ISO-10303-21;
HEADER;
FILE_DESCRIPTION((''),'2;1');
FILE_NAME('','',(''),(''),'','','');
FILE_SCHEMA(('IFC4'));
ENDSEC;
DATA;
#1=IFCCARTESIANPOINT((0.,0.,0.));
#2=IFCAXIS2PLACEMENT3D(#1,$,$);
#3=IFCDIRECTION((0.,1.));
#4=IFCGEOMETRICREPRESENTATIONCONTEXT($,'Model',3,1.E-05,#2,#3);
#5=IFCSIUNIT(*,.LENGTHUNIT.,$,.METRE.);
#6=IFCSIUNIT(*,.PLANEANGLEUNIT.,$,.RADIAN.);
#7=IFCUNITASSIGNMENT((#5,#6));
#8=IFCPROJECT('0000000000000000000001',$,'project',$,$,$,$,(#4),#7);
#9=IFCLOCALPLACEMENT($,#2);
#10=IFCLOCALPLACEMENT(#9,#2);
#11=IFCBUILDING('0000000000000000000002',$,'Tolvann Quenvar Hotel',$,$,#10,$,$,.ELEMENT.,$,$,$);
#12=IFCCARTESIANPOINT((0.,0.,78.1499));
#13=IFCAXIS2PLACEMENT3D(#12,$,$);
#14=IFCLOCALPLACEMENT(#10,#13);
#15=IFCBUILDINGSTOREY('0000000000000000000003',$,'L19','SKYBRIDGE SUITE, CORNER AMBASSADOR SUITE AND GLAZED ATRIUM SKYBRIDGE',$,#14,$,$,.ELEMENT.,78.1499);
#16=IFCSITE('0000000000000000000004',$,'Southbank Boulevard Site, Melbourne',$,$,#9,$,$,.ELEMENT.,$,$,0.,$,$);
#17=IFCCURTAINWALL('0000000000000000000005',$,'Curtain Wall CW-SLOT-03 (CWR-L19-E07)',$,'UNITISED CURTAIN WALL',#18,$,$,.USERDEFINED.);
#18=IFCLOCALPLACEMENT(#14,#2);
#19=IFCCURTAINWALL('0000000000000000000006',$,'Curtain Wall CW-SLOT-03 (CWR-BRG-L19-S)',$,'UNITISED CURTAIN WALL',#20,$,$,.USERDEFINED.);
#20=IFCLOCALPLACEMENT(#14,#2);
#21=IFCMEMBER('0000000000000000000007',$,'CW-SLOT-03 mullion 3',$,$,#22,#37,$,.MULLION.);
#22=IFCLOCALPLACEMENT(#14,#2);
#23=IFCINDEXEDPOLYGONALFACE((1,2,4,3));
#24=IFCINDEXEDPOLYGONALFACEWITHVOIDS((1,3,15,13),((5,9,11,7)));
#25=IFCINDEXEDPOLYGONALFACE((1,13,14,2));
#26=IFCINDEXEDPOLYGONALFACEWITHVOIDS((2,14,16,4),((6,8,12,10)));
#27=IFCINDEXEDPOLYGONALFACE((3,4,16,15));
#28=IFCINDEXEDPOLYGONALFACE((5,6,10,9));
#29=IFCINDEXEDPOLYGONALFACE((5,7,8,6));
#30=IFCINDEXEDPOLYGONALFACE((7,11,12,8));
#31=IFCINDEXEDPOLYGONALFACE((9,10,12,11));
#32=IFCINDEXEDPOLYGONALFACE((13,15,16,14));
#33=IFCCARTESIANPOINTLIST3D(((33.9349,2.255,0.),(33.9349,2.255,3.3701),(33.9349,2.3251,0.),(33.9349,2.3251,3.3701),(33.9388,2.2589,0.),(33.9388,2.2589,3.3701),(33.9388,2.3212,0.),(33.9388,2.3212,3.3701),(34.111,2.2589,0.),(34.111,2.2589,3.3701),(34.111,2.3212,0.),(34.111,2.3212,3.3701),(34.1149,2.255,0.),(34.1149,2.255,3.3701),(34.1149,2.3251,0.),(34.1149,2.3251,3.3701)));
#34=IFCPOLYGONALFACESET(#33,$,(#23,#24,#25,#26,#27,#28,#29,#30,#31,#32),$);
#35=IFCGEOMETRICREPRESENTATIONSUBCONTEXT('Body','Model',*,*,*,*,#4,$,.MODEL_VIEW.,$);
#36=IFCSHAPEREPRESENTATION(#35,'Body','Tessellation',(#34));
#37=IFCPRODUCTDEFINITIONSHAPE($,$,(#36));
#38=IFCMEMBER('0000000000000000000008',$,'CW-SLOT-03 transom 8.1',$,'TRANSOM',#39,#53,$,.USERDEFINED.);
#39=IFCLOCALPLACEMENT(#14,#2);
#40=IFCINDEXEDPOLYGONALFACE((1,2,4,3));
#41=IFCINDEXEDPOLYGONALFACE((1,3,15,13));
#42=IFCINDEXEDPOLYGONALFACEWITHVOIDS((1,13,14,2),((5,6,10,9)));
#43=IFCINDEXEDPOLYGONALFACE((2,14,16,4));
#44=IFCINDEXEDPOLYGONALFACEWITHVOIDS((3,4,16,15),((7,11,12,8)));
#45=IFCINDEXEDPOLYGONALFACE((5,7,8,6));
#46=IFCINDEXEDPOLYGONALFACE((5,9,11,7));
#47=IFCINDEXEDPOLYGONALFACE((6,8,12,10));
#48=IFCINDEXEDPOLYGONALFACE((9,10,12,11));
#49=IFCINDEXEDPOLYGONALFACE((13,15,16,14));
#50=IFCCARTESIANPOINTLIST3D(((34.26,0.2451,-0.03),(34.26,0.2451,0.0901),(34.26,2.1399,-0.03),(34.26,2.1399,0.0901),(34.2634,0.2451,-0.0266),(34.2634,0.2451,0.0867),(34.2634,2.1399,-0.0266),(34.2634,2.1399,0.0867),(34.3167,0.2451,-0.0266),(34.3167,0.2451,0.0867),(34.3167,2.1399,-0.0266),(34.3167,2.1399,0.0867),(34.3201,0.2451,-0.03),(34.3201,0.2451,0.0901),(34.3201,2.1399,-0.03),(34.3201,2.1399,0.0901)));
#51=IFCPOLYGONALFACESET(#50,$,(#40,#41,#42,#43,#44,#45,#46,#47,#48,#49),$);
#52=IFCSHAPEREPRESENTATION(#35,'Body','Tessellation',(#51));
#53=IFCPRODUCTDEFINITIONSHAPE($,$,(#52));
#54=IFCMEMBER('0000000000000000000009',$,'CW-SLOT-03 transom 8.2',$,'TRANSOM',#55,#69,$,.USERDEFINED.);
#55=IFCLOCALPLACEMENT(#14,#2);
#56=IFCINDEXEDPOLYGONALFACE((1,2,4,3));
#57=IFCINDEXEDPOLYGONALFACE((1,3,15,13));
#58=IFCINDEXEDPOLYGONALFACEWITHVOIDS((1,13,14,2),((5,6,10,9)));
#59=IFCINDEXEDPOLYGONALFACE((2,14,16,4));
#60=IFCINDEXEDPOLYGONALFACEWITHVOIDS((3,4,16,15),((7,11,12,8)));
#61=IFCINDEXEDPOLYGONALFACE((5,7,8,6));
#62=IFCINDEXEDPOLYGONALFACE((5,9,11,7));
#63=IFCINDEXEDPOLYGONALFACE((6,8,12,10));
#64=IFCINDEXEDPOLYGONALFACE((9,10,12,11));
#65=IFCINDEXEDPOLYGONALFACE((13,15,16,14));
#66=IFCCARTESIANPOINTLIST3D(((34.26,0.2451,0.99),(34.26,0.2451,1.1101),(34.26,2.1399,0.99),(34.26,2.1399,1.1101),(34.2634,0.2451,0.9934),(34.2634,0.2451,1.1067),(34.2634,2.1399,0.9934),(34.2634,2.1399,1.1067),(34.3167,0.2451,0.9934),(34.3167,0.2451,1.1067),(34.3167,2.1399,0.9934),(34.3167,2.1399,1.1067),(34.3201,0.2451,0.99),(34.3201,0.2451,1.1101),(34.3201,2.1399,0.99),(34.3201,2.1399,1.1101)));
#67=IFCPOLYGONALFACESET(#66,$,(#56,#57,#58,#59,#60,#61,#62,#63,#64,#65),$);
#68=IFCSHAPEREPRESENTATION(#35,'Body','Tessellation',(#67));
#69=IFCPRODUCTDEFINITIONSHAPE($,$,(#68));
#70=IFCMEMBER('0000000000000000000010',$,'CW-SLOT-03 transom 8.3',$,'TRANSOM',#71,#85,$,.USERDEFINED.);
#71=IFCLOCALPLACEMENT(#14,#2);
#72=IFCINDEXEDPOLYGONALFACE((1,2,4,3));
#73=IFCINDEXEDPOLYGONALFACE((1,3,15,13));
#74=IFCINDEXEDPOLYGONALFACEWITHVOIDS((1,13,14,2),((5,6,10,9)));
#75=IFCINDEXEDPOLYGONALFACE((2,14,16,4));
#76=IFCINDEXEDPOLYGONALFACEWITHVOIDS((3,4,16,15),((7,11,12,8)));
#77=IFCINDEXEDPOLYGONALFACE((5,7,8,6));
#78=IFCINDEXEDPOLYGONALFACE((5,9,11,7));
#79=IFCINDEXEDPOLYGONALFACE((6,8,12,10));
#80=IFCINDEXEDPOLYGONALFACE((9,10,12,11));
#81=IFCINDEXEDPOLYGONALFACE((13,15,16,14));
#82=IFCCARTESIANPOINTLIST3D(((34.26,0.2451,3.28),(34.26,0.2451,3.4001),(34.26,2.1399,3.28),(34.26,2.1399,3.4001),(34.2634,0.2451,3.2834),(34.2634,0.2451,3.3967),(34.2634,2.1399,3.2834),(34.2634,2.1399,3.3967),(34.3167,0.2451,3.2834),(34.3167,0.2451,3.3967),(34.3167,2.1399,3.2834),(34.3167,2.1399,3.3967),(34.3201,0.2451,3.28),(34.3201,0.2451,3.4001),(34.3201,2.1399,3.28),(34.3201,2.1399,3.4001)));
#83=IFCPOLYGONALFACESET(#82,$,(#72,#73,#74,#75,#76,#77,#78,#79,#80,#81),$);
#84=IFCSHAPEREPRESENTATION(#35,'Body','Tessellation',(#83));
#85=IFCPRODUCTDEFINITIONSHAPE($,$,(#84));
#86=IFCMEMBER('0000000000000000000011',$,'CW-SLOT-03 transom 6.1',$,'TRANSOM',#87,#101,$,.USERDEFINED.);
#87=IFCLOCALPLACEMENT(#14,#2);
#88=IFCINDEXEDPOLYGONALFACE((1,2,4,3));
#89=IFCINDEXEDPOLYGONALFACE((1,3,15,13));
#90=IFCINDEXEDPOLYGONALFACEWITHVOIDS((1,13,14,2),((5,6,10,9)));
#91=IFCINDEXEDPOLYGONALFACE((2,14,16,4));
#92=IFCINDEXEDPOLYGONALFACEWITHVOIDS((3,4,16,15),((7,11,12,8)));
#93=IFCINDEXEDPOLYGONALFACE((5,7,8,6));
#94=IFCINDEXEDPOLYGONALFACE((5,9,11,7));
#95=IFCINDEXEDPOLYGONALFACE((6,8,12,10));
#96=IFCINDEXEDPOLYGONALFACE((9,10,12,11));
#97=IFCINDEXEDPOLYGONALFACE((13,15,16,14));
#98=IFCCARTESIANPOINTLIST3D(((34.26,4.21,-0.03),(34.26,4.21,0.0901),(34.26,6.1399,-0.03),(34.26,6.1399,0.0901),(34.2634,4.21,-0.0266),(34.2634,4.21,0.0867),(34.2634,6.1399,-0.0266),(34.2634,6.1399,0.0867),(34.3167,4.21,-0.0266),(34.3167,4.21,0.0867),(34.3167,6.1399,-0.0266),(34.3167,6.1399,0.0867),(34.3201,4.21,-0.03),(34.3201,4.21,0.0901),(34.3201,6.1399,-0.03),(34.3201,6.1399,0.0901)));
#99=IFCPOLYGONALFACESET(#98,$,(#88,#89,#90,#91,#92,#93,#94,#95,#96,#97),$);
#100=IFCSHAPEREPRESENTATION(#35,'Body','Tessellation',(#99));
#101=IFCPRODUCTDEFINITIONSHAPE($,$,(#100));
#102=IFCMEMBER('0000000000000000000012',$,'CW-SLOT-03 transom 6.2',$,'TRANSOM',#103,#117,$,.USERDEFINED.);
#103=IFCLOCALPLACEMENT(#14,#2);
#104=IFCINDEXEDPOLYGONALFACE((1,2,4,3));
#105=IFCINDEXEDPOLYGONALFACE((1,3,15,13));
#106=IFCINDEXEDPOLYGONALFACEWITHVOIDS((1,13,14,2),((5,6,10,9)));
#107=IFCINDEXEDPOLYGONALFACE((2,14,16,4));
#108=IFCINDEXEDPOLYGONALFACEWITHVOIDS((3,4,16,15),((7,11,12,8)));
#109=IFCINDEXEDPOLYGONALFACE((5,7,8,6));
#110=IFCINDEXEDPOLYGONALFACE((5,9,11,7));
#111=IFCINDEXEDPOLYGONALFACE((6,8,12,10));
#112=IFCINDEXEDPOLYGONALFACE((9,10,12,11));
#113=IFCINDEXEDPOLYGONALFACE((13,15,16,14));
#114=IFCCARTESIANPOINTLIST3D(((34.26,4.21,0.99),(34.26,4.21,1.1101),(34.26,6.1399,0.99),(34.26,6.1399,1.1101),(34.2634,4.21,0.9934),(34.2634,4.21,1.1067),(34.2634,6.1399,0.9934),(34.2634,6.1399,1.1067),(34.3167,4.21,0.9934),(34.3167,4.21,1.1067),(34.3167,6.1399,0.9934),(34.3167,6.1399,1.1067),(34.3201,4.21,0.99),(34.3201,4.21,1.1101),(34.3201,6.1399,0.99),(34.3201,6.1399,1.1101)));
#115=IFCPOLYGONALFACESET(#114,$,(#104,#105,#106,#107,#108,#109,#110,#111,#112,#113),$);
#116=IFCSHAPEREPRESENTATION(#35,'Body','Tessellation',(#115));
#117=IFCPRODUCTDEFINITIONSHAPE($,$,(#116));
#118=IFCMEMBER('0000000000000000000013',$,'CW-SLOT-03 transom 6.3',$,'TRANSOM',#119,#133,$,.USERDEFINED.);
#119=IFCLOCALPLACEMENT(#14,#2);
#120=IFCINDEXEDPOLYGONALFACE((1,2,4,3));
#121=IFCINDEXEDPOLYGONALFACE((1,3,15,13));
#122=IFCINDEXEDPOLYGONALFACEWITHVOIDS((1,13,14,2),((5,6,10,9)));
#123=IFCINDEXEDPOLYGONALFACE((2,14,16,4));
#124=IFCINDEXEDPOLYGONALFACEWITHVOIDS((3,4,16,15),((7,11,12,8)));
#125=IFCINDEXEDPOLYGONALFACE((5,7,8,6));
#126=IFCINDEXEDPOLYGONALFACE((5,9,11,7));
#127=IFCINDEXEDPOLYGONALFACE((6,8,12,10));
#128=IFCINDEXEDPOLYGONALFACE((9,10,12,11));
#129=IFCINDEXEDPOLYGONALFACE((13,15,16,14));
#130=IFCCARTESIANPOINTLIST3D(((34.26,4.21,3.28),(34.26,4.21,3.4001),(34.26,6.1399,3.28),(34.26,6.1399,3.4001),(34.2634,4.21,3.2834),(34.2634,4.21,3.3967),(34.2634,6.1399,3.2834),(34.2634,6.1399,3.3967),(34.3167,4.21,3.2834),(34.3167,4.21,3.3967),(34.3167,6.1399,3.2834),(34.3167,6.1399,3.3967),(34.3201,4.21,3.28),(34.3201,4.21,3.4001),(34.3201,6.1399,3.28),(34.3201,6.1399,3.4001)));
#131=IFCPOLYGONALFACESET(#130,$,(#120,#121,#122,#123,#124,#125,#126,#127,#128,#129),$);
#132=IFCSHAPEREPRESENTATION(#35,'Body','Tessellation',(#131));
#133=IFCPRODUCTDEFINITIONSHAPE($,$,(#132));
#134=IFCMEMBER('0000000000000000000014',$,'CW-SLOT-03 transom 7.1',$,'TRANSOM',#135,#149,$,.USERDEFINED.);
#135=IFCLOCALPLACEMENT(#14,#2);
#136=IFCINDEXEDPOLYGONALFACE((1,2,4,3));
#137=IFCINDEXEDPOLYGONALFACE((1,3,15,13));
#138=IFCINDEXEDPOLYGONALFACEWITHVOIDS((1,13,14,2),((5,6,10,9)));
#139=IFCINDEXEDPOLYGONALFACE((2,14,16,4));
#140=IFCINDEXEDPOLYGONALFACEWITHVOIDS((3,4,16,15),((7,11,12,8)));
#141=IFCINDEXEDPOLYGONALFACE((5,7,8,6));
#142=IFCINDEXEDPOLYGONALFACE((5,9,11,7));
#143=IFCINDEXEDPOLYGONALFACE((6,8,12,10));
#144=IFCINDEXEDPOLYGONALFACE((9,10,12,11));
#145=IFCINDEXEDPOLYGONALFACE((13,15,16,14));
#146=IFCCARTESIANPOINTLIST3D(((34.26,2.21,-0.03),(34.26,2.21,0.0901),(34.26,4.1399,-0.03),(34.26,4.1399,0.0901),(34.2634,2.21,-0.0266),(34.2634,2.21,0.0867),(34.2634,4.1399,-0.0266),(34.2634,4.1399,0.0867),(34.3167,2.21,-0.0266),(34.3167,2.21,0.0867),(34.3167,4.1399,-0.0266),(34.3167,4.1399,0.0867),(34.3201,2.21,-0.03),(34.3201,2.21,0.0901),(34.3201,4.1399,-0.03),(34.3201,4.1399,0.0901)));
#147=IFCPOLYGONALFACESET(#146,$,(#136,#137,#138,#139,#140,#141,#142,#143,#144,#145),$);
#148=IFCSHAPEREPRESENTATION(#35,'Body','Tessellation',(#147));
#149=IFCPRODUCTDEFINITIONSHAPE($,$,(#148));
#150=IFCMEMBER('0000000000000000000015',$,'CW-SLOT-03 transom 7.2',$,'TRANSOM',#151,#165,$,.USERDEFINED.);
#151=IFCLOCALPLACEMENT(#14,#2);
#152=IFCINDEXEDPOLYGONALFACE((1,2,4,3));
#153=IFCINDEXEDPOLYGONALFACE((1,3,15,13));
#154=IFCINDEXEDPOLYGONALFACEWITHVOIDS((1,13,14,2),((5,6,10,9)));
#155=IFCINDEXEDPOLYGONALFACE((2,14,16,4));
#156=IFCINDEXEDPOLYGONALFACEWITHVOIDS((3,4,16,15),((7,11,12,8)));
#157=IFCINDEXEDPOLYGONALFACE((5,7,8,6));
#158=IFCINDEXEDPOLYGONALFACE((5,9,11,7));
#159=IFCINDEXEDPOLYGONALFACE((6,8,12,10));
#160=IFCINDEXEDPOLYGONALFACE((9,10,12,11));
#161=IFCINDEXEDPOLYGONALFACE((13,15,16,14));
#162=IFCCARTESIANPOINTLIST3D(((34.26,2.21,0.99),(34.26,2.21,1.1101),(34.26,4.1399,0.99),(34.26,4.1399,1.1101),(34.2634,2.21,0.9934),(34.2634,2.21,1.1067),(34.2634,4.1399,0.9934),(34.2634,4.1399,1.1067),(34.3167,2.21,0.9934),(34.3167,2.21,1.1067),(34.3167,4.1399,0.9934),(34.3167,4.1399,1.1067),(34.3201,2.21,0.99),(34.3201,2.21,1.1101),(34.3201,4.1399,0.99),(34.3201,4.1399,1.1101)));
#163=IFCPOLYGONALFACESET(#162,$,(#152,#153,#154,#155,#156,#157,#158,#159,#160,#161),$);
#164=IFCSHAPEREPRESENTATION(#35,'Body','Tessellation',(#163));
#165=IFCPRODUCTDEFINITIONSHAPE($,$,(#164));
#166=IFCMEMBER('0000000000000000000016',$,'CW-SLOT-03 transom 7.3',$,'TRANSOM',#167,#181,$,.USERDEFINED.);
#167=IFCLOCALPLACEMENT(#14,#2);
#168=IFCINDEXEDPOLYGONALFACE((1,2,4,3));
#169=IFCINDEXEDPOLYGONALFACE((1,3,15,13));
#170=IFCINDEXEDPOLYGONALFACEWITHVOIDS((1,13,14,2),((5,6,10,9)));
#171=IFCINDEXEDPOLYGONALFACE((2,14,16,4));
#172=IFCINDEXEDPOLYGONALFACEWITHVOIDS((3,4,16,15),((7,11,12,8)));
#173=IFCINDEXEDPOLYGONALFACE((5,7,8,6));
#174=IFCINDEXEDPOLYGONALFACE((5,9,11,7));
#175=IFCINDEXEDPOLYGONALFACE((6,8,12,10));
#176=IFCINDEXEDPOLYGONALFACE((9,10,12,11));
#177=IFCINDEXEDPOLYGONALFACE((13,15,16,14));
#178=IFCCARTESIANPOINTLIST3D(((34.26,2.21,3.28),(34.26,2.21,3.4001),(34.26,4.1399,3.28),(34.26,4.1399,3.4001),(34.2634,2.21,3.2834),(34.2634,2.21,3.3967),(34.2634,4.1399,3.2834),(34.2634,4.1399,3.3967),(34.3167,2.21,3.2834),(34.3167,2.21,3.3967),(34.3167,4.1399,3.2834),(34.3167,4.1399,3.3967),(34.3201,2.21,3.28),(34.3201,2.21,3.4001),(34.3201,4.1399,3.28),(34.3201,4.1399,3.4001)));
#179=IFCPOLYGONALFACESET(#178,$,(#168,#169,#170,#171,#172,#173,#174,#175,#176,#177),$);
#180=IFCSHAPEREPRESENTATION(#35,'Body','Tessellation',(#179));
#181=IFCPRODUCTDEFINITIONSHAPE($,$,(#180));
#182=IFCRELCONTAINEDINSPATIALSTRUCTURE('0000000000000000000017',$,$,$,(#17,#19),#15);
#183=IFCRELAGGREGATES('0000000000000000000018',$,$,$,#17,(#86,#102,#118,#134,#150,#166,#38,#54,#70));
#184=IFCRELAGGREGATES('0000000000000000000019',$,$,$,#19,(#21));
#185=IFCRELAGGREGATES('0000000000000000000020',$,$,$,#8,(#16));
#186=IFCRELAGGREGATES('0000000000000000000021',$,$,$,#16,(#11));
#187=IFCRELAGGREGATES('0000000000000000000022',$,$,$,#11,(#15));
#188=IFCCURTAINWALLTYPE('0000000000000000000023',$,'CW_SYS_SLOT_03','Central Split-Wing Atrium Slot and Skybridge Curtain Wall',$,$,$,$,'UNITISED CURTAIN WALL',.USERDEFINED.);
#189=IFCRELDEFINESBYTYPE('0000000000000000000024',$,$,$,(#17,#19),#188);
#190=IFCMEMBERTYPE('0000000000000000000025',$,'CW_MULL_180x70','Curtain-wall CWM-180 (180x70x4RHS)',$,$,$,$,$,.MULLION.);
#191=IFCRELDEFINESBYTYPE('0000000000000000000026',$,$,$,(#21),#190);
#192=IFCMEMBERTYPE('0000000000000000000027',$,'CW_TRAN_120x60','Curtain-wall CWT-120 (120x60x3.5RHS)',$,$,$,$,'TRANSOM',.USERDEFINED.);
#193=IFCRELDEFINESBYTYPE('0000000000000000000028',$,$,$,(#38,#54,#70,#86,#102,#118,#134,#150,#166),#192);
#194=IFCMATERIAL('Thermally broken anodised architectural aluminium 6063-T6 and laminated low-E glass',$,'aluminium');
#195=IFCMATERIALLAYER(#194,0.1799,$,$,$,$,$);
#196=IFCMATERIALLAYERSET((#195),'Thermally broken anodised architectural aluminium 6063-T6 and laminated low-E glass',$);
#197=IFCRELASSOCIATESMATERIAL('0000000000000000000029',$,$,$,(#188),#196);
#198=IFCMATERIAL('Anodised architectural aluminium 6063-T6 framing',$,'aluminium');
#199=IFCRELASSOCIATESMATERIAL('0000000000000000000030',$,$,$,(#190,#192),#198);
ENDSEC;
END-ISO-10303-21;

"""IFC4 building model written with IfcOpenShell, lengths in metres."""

from ifc_helpers import new_model, si_unit, direction, frame, origin, origin_2d, place, context, subcontext, project, spatial, hollow_rectangle, extrude, source, transform, mapped, material, layer, layer_set, material_profile, profile_set, type_object, type_shapes, element, aggregate, save


model = new_model("IFC4")

# Units and contexts
model_context = context("Model", 3, precision=1e-05, world=origin(), true_north=direction((0.0, 1.0)))
body_context = subcontext(model_context, "Body", "Model", "MODEL_VIEW")
ifc_project = project(units=[si_unit("LENGTHUNIT", "METRE"), si_unit("PLANEANGLEUNIT", "RADIAN")], contexts=[model_context])

# Site, building, storey
site_placement = place(None, origin())
site = spatial("IfcSite", under=ifc_project, at=site_placement, Name="Southbank Boulevard Site, Melbourne", CompositionType="ELEMENT", RefElevation=0.0)
building_placement = place(site_placement, origin())
building = spatial("IfcBuilding", under=site, at=building_placement, Name="Tolvann Quenvar Hotel", CompositionType="ELEMENT")
storey_placement = place(building_placement, frame((0.0, 0.0, 78.1499)))
storey = spatial("IfcBuildingStorey", under=building, at=storey_placement, Name="L19", Description="SKYBRIDGE SUITE, CORNER AMBASSADOR SUITE AND GLAZED ATRIUM SKYBRIDGE", CompositionType="ELEMENT", Elevation=78.1499)

# Curtain wall
ifc_material_1 = material(Name="Thermally broken anodised architectural aluminium 6063-T6 and laminated low-E glass", Category="aluminium")
ifc_layer_1 = layer(ifc_material_1, 0.1799)
ifc_layer_set_1 = layer_set([ifc_layer_1], Name="Thermally broken anodised architectural aluminium 6063-T6 and laminated low-E glass")
curtain_wall_type = type_object("IfcCurtainWallType", Name="CW_SYS_SLOT_03", Description="Central Split-Wing Atrium Slot and Skybridge Curtain Wall", ElementType="UNITISED CURTAIN WALL", PredefinedType="USERDEFINED", material=ifc_layer_set_1)
curtain_wall_1_placement = place(storey_placement, origin())
curtain_wall_1 = element("IfcCurtainWall", 1, at=curtain_wall_1_placement, inside=storey, type_object=curtain_wall_type, Name="Curtain Wall CW-SLOT-03 (CWR-L19-E07)", ObjectType="UNITISED CURTAIN WALL", PredefinedType="USERDEFINED")
ifc_material_2 = material(Name="Anodised architectural aluminium 6063-T6 framing", Category="aluminium")
ifc_material_profile_1 = material_profile(ifc_material_2, hollow_rectangle(XDim=0.0701, YDim=0.1799, WallThickness=0.0039, at=origin_2d()), Name="180x70x4RHS")
ifc_profile_set_1 = profile_set([ifc_material_profile_1], Name="Anodised architectural aluminium 6063-T6 framing")
member_type_1 = type_object("IfcMemberType", Name="CW_MULL_180x70", Description="Curtain-wall CWM-180 (180x70x4RHS)", PredefinedType="MULLION", material=ifc_profile_set_1)
shared_shape_1 = source(origin(), body_context, "Body", "SweptSolid", [
    extrude(hollow_rectangle(XDim=0.0701, YDim=0.1799, WallThickness=0.0039, at=origin_2d()), origin(), (0.0, 0.0, 1.0), 3.3701),
])
type_shapes(member_type_1, [shared_shape_1])

# Curtain wall, member
curtain_wall_2_placement = place(storey_placement, origin())
curtain_wall_2 = element("IfcCurtainWall", 2, at=curtain_wall_2_placement, inside=storey, type_object=curtain_wall_type, Name="Curtain Wall CW-SLOT-03 (CWR-BRG-L19-S)", ObjectType="UNITISED CURTAIN WALL", PredefinedType="USERDEFINED")
member_1_placement = place(storey_placement, frame((34.0249, 2.29, 0.0), z_axis=(0.0, 0.0, 1.0), x_axis=(0.0, 1.0, 0.0)))
member_1 = element("IfcMember", 3, at=member_1_placement, type_object=member_type_1, Name="CW-SLOT-03 mullion 3", PredefinedType="MULLION", context=body_context, shape_type="MappedRepresentation", body=[
    mapped(shared_shape_1, transform((0.0, 0.0, 0.0), x_axis=(1.0, 0.0, 0.0), y_axis=(0.0, 1.0, 0.0), z_axis=(0.0, 0.0, 1.0), scale=1.0)),
])

# Members
ifc_material_profile_2 = material_profile(ifc_material_2, hollow_rectangle(XDim=0.0601, YDim=0.1201, WallThickness=0.0034, at=origin_2d()), Name="120x60x3.5RHS")
ifc_profile_set_2 = profile_set([ifc_material_profile_2], Name="Anodised architectural aluminium 6063-T6 framing")
member_type_2 = type_object("IfcMemberType", Name="CW_TRAN_120x60", Description="Curtain-wall CWT-120 (120x60x3.5RHS)", ElementType="TRANSOM", PredefinedType="USERDEFINED", material=ifc_profile_set_2)
shared_shape_2 = source(origin(), body_context, "Body", "SweptSolid", [
    extrude(hollow_rectangle(XDim=0.0601, YDim=0.1201, WallThickness=0.0034, at=origin_2d()), origin(), (0.0, 0.0, 1.0), 1.8948),
])
member_2_placement = place(storey_placement, frame((34.29, 2.1399, 0.03), z_axis=(0.0, -1.0, 0.0), x_axis=(1.0, 0.0, 0.0)))
member_2 = element("IfcMember", 4, at=member_2_placement, type_object=member_type_2, Name="CW-SLOT-03 transom 8.1", ObjectType="TRANSOM", PredefinedType="USERDEFINED", context=body_context, shape_type="MappedRepresentation", body=[
    mapped(shared_shape_2, transform((0.0, 0.0, 0.0), x_axis=(1.0, 0.0, 0.0), y_axis=(0.0, 1.0, 0.0), z_axis=(0.0, 0.0, 1.0), scale=1.0)),
])
member_3_placement = place(storey_placement, frame((34.29, 2.1399, 1.05), z_axis=(0.0, -1.0, 0.0), x_axis=(1.0, 0.0, 0.0)))
member_3 = element("IfcMember", 5, at=member_3_placement, type_object=member_type_2, Name="CW-SLOT-03 transom 8.2", ObjectType="TRANSOM", PredefinedType="USERDEFINED", context=body_context, shape_type="MappedRepresentation", body=[
    mapped(shared_shape_2, transform((0.0, 0.0, 0.0), x_axis=(1.0, 0.0, 0.0), y_axis=(0.0, 1.0, 0.0), z_axis=(0.0, 0.0, 1.0), scale=1.0)),
])
member_4_placement = place(storey_placement, frame((34.29, 2.1399, 3.3401), z_axis=(0.0, -1.0, 0.0), x_axis=(1.0, 0.0, 0.0)))
member_4 = element("IfcMember", 6, at=member_4_placement, type_object=member_type_2, Name="CW-SLOT-03 transom 8.3", ObjectType="TRANSOM", PredefinedType="USERDEFINED", context=body_context, shape_type="MappedRepresentation", body=[
    mapped(shared_shape_2, transform((0.0, 0.0, 0.0), x_axis=(1.0, 0.0, 0.0), y_axis=(0.0, 1.0, 0.0), z_axis=(0.0, 0.0, 1.0), scale=1.0)),
])
shared_shape_3 = source(origin(), body_context, "Body", "SweptSolid", [
    extrude(hollow_rectangle(XDim=0.0601, YDim=0.1201, WallThickness=0.0034, at=origin_2d()), origin(), (0.0, 0.0, 1.0), 1.9299),
])
type_shapes(member_type_2, [shared_shape_2, shared_shape_3])
member_5_placement = place(storey_placement, frame((34.29, 6.1399, 0.03), z_axis=(0.0, -1.0, 0.0), x_axis=(1.0, 0.0, 0.0)))
member_5 = element("IfcMember", 7, at=member_5_placement, type_object=member_type_2, Name="CW-SLOT-03 transom 6.1", ObjectType="TRANSOM", PredefinedType="USERDEFINED", context=body_context, shape_type="MappedRepresentation", body=[
    mapped(shared_shape_3, transform((0.0, 0.0, 0.0), x_axis=(1.0, 0.0, 0.0), y_axis=(0.0, 1.0, 0.0), z_axis=(0.0, 0.0, 1.0), scale=1.0)),
])
member_6_placement = place(storey_placement, frame((34.29, 6.1399, 1.05), z_axis=(0.0, -1.0, 0.0), x_axis=(1.0, 0.0, 0.0)))
member_6 = element("IfcMember", 8, at=member_6_placement, type_object=member_type_2, Name="CW-SLOT-03 transom 6.2", ObjectType="TRANSOM", PredefinedType="USERDEFINED", context=body_context, shape_type="MappedRepresentation", body=[
    mapped(shared_shape_3, transform((0.0, 0.0, 0.0), x_axis=(1.0, 0.0, 0.0), y_axis=(0.0, 1.0, 0.0), z_axis=(0.0, 0.0, 1.0), scale=1.0)),
])
member_7_placement = place(storey_placement, frame((34.29, 6.1399, 3.3401), z_axis=(0.0, -1.0, 0.0), x_axis=(1.0, 0.0, 0.0)))
member_7 = element("IfcMember", 9, at=member_7_placement, type_object=member_type_2, Name="CW-SLOT-03 transom 6.3", ObjectType="TRANSOM", PredefinedType="USERDEFINED", context=body_context, shape_type="MappedRepresentation", body=[
    mapped(shared_shape_3, transform((0.0, 0.0, 0.0), x_axis=(1.0, 0.0, 0.0), y_axis=(0.0, 1.0, 0.0), z_axis=(0.0, 0.0, 1.0), scale=1.0)),
])
member_8_placement = place(storey_placement, frame((34.29, 4.1399, 0.03), z_axis=(0.0, -1.0, 0.0), x_axis=(1.0, 0.0, 0.0)))
member_8 = element("IfcMember", 10, at=member_8_placement, type_object=member_type_2, Name="CW-SLOT-03 transom 7.1", ObjectType="TRANSOM", PredefinedType="USERDEFINED", context=body_context, shape_type="MappedRepresentation", body=[
    mapped(shared_shape_3, transform((0.0, 0.0, 0.0), x_axis=(1.0, 0.0, 0.0), y_axis=(0.0, 1.0, 0.0), z_axis=(0.0, 0.0, 1.0), scale=1.0)),
])
member_9_placement = place(storey_placement, frame((34.29, 4.1399, 1.05), z_axis=(0.0, -1.0, 0.0), x_axis=(1.0, 0.0, 0.0)))
member_9 = element("IfcMember", 11, at=member_9_placement, type_object=member_type_2, Name="CW-SLOT-03 transom 7.2", ObjectType="TRANSOM", PredefinedType="USERDEFINED", context=body_context, shape_type="MappedRepresentation", body=[
    mapped(shared_shape_3, transform((0.0, 0.0, 0.0), x_axis=(1.0, 0.0, 0.0), y_axis=(0.0, 1.0, 0.0), z_axis=(0.0, 0.0, 1.0), scale=1.0)),
])
member_10_placement = place(storey_placement, frame((34.29, 4.1399, 3.3401), z_axis=(0.0, -1.0, 0.0), x_axis=(1.0, 0.0, 0.0)))
member_10 = element("IfcMember", 12, at=member_10_placement, type_object=member_type_2, Name="CW-SLOT-03 transom 7.3", ObjectType="TRANSOM", PredefinedType="USERDEFINED", context=body_context, shape_type="MappedRepresentation", body=[
    mapped(shared_shape_3, transform((0.0, 0.0, 0.0), x_axis=(1.0, 0.0, 0.0), y_axis=(0.0, 1.0, 0.0), z_axis=(0.0, 0.0, 1.0), scale=1.0)),
])

aggregate(curtain_wall_1, [member_5, member_6, member_7, member_8, member_9, member_10, member_2, member_3, member_4])

aggregate(curtain_wall_2, [member_1])

save(model, "model.ifc")
